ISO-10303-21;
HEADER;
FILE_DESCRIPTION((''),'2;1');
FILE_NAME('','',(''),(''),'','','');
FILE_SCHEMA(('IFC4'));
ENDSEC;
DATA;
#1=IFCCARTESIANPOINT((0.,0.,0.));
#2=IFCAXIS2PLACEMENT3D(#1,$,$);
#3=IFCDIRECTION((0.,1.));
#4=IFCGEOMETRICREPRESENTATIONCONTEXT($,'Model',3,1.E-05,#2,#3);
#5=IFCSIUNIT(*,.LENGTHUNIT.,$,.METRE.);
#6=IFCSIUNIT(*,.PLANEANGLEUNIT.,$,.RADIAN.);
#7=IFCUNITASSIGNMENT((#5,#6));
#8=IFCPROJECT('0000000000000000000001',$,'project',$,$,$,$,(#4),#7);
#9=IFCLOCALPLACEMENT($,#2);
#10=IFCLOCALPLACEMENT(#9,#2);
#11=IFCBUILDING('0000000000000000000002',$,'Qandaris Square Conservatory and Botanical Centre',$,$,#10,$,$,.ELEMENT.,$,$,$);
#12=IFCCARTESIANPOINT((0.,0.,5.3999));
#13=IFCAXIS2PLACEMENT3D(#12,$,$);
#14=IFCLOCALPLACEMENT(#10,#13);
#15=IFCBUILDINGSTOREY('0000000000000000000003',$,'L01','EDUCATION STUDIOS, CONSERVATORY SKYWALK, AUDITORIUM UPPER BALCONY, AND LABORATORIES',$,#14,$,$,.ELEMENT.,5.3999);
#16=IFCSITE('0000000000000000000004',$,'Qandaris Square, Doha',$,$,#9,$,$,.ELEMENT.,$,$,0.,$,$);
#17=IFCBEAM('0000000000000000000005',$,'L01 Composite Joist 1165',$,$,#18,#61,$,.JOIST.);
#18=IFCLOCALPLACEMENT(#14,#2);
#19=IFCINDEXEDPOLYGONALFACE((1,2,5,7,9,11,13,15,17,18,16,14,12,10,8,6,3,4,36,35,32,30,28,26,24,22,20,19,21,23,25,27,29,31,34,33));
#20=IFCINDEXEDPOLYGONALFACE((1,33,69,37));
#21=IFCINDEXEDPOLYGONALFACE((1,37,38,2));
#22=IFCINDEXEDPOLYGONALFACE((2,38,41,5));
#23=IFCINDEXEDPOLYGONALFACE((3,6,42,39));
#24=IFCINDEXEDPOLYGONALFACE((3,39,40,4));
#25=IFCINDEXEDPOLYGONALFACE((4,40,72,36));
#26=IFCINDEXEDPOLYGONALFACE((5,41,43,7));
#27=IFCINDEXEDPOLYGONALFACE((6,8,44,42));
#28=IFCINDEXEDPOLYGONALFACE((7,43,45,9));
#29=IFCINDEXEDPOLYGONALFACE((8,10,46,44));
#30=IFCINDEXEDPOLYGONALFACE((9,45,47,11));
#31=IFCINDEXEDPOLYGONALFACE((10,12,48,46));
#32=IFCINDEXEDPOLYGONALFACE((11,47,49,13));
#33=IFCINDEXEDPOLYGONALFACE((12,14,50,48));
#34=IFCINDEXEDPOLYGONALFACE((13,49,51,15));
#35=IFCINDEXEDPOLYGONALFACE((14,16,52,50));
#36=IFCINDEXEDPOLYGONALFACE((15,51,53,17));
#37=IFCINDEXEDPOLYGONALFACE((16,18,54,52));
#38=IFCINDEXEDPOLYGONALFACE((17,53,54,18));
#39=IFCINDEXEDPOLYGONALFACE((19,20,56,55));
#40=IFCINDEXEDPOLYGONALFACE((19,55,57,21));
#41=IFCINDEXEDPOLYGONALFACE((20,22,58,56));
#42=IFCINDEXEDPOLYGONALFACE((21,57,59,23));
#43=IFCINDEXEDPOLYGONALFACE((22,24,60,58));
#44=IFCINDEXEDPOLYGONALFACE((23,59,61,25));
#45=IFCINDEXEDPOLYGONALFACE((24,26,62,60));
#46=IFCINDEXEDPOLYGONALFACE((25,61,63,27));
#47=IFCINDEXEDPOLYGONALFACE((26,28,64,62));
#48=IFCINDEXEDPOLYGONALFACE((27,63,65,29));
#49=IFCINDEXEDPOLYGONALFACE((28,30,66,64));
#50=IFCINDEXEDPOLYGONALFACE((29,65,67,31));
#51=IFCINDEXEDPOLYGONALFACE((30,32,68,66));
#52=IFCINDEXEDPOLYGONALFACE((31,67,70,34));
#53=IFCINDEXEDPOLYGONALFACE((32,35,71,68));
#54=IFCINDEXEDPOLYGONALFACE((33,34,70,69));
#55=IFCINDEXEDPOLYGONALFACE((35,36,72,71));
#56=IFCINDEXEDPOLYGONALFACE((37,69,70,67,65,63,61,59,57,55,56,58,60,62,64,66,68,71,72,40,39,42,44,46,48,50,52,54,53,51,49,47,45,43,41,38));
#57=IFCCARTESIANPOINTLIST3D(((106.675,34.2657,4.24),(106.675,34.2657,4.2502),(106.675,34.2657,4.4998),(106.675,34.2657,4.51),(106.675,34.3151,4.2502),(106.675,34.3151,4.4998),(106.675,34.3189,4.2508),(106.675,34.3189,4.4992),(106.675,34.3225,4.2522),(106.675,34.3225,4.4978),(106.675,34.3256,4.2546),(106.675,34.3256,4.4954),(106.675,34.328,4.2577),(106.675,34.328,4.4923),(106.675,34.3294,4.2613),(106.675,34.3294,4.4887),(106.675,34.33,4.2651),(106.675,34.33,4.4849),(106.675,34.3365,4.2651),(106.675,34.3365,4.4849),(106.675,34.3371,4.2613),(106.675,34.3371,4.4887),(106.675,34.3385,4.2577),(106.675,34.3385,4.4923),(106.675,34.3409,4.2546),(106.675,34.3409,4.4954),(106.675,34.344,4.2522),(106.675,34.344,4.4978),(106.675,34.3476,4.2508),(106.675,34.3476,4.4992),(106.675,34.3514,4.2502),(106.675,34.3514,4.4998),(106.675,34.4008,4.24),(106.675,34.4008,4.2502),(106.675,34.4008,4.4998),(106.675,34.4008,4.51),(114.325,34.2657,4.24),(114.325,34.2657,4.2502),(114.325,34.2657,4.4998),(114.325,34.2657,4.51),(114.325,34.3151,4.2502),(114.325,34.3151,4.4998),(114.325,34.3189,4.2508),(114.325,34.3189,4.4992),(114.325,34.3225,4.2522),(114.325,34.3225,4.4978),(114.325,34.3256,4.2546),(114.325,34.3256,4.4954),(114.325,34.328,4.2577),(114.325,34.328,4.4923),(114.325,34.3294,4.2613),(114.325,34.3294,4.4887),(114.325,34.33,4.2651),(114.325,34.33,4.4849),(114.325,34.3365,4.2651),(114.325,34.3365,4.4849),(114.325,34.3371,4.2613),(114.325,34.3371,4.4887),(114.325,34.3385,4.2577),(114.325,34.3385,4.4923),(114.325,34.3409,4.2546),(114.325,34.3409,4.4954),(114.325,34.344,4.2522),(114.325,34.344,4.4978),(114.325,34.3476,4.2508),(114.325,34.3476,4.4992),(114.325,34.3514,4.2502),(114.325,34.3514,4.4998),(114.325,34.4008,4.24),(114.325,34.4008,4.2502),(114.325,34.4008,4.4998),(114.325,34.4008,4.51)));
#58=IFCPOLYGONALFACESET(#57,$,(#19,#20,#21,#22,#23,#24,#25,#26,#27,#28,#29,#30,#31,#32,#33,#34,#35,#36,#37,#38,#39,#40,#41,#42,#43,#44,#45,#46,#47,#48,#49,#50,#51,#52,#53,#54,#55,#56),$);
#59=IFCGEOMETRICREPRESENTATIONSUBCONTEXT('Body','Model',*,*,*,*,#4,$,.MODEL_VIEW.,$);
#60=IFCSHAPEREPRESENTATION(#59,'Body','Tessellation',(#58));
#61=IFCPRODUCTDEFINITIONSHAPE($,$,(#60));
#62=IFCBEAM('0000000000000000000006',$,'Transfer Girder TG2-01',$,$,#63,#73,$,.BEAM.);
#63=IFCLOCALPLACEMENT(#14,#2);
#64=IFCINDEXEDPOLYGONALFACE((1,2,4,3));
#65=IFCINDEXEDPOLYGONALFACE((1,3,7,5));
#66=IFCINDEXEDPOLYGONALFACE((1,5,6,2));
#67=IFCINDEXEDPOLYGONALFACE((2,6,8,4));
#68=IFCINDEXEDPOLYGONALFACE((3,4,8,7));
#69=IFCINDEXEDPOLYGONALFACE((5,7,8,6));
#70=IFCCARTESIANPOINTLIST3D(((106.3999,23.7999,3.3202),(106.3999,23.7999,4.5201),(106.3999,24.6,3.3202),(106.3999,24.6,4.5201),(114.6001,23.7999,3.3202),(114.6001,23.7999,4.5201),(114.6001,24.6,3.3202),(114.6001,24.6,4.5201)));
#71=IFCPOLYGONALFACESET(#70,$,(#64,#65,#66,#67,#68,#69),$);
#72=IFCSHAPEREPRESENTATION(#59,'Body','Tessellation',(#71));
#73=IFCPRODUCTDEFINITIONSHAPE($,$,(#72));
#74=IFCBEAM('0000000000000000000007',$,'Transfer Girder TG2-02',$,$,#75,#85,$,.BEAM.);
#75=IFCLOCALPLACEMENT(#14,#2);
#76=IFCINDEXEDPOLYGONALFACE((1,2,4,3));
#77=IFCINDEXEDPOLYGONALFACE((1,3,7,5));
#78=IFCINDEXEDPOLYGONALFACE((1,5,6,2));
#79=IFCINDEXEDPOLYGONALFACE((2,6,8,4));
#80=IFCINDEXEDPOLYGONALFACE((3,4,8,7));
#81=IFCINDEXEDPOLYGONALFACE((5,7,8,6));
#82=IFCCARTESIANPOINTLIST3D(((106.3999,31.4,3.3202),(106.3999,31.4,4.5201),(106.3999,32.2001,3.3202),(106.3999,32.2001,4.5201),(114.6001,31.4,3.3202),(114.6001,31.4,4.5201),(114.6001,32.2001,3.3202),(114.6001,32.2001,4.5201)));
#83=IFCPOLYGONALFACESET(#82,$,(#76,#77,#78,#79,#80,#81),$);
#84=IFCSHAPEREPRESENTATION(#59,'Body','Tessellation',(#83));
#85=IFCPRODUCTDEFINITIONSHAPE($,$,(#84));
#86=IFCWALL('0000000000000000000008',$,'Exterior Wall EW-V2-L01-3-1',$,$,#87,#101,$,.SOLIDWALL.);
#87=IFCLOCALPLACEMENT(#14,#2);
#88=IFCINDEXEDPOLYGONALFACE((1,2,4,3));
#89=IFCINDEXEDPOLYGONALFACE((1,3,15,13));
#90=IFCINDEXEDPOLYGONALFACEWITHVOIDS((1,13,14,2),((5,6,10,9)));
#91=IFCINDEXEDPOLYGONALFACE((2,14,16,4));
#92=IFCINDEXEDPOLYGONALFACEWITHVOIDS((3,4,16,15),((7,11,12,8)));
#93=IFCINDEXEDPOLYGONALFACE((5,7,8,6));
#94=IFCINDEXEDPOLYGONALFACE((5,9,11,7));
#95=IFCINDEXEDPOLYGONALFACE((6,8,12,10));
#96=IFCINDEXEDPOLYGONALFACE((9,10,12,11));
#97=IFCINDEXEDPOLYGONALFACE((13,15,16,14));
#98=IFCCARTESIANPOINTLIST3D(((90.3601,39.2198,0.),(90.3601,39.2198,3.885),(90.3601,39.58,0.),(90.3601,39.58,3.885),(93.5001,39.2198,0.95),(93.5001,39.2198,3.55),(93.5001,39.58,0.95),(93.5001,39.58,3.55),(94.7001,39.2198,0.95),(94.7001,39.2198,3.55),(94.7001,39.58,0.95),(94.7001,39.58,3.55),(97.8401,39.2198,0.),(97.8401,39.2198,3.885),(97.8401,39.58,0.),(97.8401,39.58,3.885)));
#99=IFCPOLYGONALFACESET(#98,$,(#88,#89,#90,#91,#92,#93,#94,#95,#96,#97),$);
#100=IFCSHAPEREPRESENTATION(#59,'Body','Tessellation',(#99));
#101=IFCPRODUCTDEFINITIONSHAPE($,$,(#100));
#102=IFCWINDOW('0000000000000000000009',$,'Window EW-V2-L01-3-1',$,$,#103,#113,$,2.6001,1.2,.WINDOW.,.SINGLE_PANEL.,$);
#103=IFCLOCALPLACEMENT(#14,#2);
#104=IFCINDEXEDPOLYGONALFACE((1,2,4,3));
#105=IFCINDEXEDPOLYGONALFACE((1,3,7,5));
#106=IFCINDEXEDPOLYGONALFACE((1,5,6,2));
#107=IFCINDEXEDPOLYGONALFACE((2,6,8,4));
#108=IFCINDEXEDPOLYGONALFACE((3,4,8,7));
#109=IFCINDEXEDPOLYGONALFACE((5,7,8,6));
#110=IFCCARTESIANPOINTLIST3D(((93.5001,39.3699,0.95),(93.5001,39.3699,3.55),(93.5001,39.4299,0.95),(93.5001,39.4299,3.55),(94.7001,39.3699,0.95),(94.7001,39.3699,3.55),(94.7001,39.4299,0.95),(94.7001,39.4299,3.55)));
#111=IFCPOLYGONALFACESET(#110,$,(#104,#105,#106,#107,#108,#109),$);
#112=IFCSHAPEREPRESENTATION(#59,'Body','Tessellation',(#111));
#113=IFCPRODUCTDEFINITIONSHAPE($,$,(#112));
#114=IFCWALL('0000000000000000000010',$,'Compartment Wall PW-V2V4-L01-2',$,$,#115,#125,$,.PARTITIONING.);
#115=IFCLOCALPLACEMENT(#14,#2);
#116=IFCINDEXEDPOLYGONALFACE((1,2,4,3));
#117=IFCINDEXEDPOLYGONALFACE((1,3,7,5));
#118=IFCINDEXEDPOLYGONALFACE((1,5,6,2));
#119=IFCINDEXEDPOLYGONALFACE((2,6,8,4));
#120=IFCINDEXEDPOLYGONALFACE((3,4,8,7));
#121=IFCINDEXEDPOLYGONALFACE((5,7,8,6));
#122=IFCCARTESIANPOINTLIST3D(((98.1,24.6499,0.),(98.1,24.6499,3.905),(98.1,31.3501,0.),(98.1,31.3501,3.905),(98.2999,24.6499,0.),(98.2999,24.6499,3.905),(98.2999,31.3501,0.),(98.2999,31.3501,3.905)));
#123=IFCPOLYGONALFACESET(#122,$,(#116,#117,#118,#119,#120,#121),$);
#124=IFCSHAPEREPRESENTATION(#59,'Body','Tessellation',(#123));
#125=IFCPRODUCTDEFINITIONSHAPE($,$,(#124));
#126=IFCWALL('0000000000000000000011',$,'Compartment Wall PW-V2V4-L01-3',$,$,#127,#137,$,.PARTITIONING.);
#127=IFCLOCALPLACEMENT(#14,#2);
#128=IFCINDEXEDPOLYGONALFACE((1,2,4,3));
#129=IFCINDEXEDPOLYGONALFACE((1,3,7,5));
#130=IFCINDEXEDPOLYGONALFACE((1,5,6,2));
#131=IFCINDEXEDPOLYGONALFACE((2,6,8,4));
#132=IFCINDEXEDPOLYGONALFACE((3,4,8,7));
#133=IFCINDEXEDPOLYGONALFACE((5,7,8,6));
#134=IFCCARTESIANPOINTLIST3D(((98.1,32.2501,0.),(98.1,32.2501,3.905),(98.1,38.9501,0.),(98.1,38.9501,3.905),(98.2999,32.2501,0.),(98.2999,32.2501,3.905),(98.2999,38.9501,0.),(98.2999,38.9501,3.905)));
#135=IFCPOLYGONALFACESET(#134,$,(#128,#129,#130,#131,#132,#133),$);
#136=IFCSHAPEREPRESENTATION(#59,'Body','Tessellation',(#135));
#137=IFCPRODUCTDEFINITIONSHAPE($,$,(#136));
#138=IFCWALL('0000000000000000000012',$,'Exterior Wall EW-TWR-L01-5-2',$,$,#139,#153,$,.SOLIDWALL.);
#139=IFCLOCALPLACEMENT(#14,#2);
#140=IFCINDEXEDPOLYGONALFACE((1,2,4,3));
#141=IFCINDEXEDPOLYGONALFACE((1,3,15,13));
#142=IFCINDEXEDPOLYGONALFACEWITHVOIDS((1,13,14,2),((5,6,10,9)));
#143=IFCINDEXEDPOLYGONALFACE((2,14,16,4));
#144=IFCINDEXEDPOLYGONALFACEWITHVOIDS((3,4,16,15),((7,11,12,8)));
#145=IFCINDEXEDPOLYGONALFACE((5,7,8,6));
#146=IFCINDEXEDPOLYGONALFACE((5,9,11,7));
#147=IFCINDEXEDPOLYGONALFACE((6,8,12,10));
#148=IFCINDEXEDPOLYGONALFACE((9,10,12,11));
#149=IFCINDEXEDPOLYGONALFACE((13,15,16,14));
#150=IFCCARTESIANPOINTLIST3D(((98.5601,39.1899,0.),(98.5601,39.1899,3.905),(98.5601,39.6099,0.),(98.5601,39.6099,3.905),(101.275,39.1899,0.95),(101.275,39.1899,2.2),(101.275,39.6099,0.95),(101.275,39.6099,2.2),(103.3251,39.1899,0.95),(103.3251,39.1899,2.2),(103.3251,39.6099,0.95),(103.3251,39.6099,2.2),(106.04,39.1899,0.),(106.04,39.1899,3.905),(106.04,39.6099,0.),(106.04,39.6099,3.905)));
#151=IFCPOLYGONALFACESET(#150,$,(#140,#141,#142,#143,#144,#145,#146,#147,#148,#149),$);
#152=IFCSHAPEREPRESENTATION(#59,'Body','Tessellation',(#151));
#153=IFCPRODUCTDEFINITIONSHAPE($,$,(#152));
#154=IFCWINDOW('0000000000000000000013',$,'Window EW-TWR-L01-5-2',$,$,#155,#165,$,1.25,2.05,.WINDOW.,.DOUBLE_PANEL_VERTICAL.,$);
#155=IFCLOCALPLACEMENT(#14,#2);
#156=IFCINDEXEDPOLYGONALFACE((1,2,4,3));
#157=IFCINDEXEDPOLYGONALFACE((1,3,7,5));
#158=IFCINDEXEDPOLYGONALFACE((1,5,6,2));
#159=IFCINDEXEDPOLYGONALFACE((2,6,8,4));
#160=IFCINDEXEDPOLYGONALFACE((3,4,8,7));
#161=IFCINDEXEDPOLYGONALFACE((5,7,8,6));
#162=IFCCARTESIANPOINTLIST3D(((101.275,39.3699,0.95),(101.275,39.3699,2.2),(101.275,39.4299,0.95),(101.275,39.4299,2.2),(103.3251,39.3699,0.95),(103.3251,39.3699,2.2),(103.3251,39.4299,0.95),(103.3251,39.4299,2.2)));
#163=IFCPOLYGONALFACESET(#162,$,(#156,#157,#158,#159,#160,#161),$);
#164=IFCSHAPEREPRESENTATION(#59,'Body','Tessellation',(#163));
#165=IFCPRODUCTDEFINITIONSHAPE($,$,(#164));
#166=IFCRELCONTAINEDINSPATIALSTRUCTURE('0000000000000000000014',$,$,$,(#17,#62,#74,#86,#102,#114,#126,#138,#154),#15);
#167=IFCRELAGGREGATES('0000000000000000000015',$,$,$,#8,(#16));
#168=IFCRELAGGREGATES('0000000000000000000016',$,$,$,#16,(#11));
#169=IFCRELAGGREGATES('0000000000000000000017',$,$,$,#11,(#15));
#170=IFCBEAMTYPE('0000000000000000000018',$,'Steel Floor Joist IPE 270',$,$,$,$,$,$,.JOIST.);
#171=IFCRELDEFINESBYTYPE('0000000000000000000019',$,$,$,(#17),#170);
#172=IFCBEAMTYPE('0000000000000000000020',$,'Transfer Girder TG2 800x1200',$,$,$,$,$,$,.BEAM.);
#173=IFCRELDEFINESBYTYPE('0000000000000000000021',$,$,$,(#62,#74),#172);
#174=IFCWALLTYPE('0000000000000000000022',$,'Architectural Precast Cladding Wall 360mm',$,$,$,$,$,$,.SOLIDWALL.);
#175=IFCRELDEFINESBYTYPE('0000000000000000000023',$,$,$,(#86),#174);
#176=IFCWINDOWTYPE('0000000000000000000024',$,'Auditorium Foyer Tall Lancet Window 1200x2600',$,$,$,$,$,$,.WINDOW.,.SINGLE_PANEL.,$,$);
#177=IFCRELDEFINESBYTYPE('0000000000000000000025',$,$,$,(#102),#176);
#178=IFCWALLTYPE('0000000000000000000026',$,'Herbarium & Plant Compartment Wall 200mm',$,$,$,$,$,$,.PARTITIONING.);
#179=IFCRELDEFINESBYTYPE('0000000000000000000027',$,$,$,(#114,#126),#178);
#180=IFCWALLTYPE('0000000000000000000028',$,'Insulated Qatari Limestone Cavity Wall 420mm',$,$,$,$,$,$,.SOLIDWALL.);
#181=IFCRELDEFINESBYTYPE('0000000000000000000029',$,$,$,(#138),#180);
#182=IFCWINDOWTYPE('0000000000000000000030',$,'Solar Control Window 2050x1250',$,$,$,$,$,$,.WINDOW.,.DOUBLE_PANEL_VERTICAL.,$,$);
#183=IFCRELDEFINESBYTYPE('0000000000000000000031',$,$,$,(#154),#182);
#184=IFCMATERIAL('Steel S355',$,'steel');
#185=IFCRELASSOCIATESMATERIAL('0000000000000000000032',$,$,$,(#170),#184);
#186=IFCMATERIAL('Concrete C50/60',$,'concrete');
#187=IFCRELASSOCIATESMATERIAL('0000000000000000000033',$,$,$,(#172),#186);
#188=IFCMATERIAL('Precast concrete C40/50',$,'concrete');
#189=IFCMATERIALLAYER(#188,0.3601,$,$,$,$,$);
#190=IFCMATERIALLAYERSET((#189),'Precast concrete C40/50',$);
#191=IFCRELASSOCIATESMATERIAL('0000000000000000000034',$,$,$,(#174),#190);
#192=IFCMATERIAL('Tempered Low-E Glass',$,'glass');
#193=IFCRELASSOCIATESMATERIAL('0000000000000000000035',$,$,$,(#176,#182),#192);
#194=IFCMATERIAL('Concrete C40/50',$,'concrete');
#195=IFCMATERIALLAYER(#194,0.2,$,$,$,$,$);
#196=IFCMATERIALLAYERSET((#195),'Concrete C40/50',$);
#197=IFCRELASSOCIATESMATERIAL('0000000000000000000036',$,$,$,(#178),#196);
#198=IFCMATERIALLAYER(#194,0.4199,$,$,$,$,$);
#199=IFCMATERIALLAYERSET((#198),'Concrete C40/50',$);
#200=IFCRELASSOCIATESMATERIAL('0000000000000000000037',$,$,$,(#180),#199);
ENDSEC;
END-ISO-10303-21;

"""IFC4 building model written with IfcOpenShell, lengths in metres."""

from ifc_helpers import new_model, si_unit, direction, frame, frame_2d, origin, origin_2d, place, context, subcontext, project, spatial, rectangle, i_section, extrude, material, layer, layer_set, material_profile, profile_set, type_object, element, fill, save


model = new_model("IFC4")

# Units and contexts
model_context = context("Model", 3, precision=1e-05, world=origin(), true_north=direction((0.0, 1.0)))
body_context = subcontext(model_context, "Body", "Model", "MODEL_VIEW")
ifc_project = project(units=[si_unit("LENGTHUNIT", "METRE"), si_unit("PLANEANGLEUNIT", "RADIAN")], contexts=[model_context])

# Site, building, storey
site_placement = place(None, origin())
site = spatial("IfcSite", under=ifc_project, at=site_placement, Name="Qandaris Square, Doha", CompositionType="ELEMENT", RefElevation=0.0)
building_placement = place(site_placement, origin())
building = spatial("IfcBuilding", under=site, at=building_placement, Name="Qandaris Square Conservatory and Botanical Centre", CompositionType="ELEMENT")
storey_placement = place(building_placement, frame((0.0, 0.0, 5.3999)))
storey = spatial("IfcBuildingStorey", under=building, at=storey_placement, Name="L01", Description="EDUCATION STUDIOS, CONSERVATORY SKYWALK, AUDITORIUM UPPER BALCONY, AND LABORATORIES", CompositionType="ELEMENT", Elevation=5.3999)

# Shared definitions
ifc_material_1 = material(Name="Concrete C40/50", Category="concrete")
ifc_material_2 = material(Name="Concrete C50/60", Category="concrete")

# Beams
ifc_material_3 = material(Name="Steel S355", Category="steel")
ifc_material_profile_1 = material_profile(ifc_material_3, i_section(OverallWidth=0.135, OverallDepth=0.27, WebThickness=0.0066, FlangeThickness=0.0103, FilletRadius=0.0149, at=origin_2d()), Name="IPE 270")
ifc_profile_set_1 = profile_set([ifc_material_profile_1], Name="Steel S355")
beam_type_1 = type_object("IfcBeamType", Name="Steel Floor Joist IPE 270", PredefinedType="JOIST", material=ifc_profile_set_1)
for number, where, z_axis, x_axis, name in (
    (1, (106.675, 34.3333, 4.375), (1.0, 0.0, 0.0), (0.0, 1.0, 0.0), "L01 Composite Joist 1165"),
):
    element("IfcBeam", number, at=place(storey_placement, frame(where, z_axis=z_axis, x_axis=x_axis)), inside=storey, type_object=beam_type_1, Name=name, PredefinedType="JOIST", context=body_context, shape_type="SweptSolid", body=[
        extrude(i_section(OverallWidth=0.135, OverallDepth=0.27, WebThickness=0.0066, FlangeThickness=0.0103, FilletRadius=0.0149, at=origin_2d()), origin(), (0.0, 0.0, 1.0), 7.6499),
    ])
ifc_material_profile_2 = material_profile(ifc_material_2, rectangle(XDim=0.8, YDim=1.2, at=origin_2d()), Name="RC-TG 800x1200")
ifc_profile_set_2 = profile_set([ifc_material_profile_2], Name="Concrete C50/60")
beam_type_2 = type_object("IfcBeamType", Name="Transfer Girder TG2 800x1200", PredefinedType="BEAM", material=ifc_profile_set_2)
for number, where, z_axis, x_axis, name in (
    (2, (106.3999, 24.2, 3.9202), (1.0, 0.0, 0.0), (0.0, 1.0, 0.0), "Transfer Girder TG2-01"),
    (3, (106.3999, 31.8, 3.9202), (1.0, 0.0, 0.0), (0.0, 1.0, 0.0), "Transfer Girder TG2-02"),
):
    element("IfcBeam", number, at=place(storey_placement, frame(where, z_axis=z_axis, x_axis=x_axis)), inside=storey, type_object=beam_type_2, Name=name, PredefinedType="BEAM", context=body_context, shape_type="SweptSolid", body=[
        extrude(rectangle(XDim=0.8, YDim=1.2, at=origin_2d()), origin(), (0.0, 0.0, 1.0), 8.2002),
    ])

# Wall, opening, window
ifc_material_4 = material(Name="Precast concrete C40/50", Category="concrete")
ifc_layer_1 = layer(ifc_material_4, 0.3601)
ifc_layer_set_1 = layer_set([ifc_layer_1], Name="Precast concrete C40/50")
wall_type_1 = type_object("IfcWallType", Name="Architectural Precast Cladding Wall 360mm", PredefinedType="SOLIDWALL", material=ifc_layer_set_1)
wall_1_placement = place(storey_placement, frame((97.8401, 39.3999, 0.0), z_axis=(0.0, 0.0, 1.0), x_axis=(-1.0, 0.0, 0.0)))
wall_1 = element("IfcWall", 4, at=wall_1_placement, inside=storey, type_object=wall_type_1, Name="Exterior Wall EW-V2-L01-3-1", PredefinedType="SOLIDWALL", context=body_context, shape_type="SweptSolid", body=[
    extrude(rectangle(XDim=7.48, YDim=0.3601, at=frame_2d((3.74, 0.0))), origin(), (0.0, 0.0, 1.0), 3.885),
])
opening_1_placement = place(wall_1_placement, frame((3.1399, 0.0, 0.95)))
opening_1 = element("IfcOpeningElement", 5, at=opening_1_placement, cuts=wall_1, PredefinedType="OPENING", context=body_context, shape_type="SweptSolid", body=[
    extrude(rectangle(XDim=1.2, YDim=2.6001, at=frame_2d((0.6001, 1.3))), frame((0.0, 0.1919, 0.0), z_axis=(0.0, -1.0, 0.0), x_axis=(1.0, 0.0, 0.0)), (0.0, 0.0, 1.0), 0.384),
])
ifc_material_5 = material(Name="Tempered Low-E Glass", Category="glass")
window_type_1 = type_object("IfcWindowType", Name="Auditorium Foyer Tall Lancet Window 1200x2600", PartitioningType="SINGLE_PANEL", PredefinedType="WINDOW", material=ifc_material_5)
window_1_placement = place(opening_1_placement, origin())
window_1 = element("IfcWindow", 6, at=window_1_placement, inside=storey, type_object=window_type_1, Name="Window EW-V2-L01-3-1", OverallHeight=2.6001, OverallWidth=1.2, PartitioningType="SINGLE_PANEL", PredefinedType="WINDOW", context=body_context, shape_type="SweptSolid", body=[
    extrude(rectangle(XDim=1.2, YDim=2.6001, at=frame_2d((0.6001, 1.3))), frame((0.0, 0.03, 0.0), z_axis=(0.0, -1.0, 0.0), x_axis=(1.0, 0.0, 0.0)), (0.0, 0.0, 1.0), 0.0601),
])
fill(opening_1, window_1)

# Walls
ifc_layer_2 = layer(ifc_material_1, 0.2)
ifc_layer_set_2 = layer_set([ifc_layer_2], Name="Concrete C40/50")
wall_type_2 = type_object("IfcWallType", Name="Herbarium & Plant Compartment Wall 200mm", PredefinedType="PARTITIONING", material=ifc_layer_set_2)
wall_2_placement = place(storey_placement, frame((98.2, 24.6499, 0.0), z_axis=(0.0, 0.0, 1.0), x_axis=(0.0, 1.0, 0.0)))
element("IfcWall", 7, at=wall_2_placement, inside=storey, type_object=wall_type_2, Name="Compartment Wall PW-V2V4-L01-2", PredefinedType="PARTITIONING", context=body_context, shape_type="SweptSolid", body=[
    extrude(rectangle(XDim=6.7002, YDim=0.2, at=frame_2d((3.3501, 0.0))), origin(), (0.0, 0.0, 1.0), 3.905),
])
wall_3_placement = place(storey_placement, frame((98.2, 32.25, 0.0), z_axis=(0.0, 0.0, 1.0), x_axis=(0.0, 1.0, 0.0)))
element("IfcWall", 8, at=wall_3_placement, inside=storey, type_object=wall_type_2, Name="Compartment Wall PW-V2V4-L01-3", PredefinedType="PARTITIONING", context=body_context, shape_type="SweptSolid", body=[
    extrude(rectangle(XDim=6.7, YDim=0.2, at=frame_2d((3.3501, 0.0))), origin(), (0.0, 0.0, 1.0), 3.905),
])

# Wall, opening, window
ifc_layer_3 = layer(ifc_material_1, 0.4199)
ifc_layer_set_3 = layer_set([ifc_layer_3], Name="Concrete C40/50")
wall_type_3 = type_object("IfcWallType", Name="Insulated Qatari Limestone Cavity Wall 420mm", PredefinedType="SOLIDWALL", material=ifc_layer_set_3)
wall_4_placement = place(storey_placement, frame((106.04, 39.3999, 0.0), z_axis=(0.0, 0.0, 1.0), x_axis=(-1.0, 0.0, 0.0)))
wall_4 = element("IfcWall", 9, at=wall_4_placement, inside=storey, type_object=wall_type_3, Name="Exterior Wall EW-TWR-L01-5-2", PredefinedType="SOLIDWALL", context=body_context, shape_type="SweptSolid", body=[
    extrude(rectangle(XDim=7.48, YDim=0.4199, at=frame_2d((3.74, 0.0))), origin(), (0.0, 0.0, 1.0), 3.905),
])
opening_2_placement = place(wall_4_placement, frame((2.7151, 0.0, 0.95)))
opening_2 = element("IfcOpeningElement", 10, at=opening_2_placement, cuts=wall_4, PredefinedType="OPENING", context=body_context, shape_type="SweptSolid", body=[
    extrude(rectangle(XDim=2.05, YDim=1.25, at=frame_2d((1.0249, 0.625))), frame((0.0, 0.2219, 0.0), z_axis=(0.0, -1.0, 0.0), x_axis=(1.0, 0.0, 0.0)), (0.0, 0.0, 1.0), 0.4438),
])
window_type_2 = type_object("IfcWindowType", Name="Solar Control Window 2050x1250", PartitioningType="DOUBLE_PANEL_VERTICAL", PredefinedType="WINDOW", material=ifc_material_5)
window_2_placement = place(opening_2_placement, origin())
window_2 = element("IfcWindow", 11, at=window_2_placement, inside=storey, type_object=window_type_2, Name="Window EW-TWR-L01-5-2", OverallHeight=1.25, OverallWidth=2.05, PartitioningType="DOUBLE_PANEL_VERTICAL", PredefinedType="WINDOW", context=body_context, shape_type="SweptSolid", body=[
    extrude(rectangle(XDim=2.05, YDim=1.25, at=frame_2d((1.0249, 0.625))), frame((0.0, 0.03, 0.0), z_axis=(0.0, -1.0, 0.0), x_axis=(1.0, 0.0, 0.0)), (0.0, 0.0, 1.0), 0.0601),
])
fill(opening_2, window_2)

save(model, "model.ifc")
